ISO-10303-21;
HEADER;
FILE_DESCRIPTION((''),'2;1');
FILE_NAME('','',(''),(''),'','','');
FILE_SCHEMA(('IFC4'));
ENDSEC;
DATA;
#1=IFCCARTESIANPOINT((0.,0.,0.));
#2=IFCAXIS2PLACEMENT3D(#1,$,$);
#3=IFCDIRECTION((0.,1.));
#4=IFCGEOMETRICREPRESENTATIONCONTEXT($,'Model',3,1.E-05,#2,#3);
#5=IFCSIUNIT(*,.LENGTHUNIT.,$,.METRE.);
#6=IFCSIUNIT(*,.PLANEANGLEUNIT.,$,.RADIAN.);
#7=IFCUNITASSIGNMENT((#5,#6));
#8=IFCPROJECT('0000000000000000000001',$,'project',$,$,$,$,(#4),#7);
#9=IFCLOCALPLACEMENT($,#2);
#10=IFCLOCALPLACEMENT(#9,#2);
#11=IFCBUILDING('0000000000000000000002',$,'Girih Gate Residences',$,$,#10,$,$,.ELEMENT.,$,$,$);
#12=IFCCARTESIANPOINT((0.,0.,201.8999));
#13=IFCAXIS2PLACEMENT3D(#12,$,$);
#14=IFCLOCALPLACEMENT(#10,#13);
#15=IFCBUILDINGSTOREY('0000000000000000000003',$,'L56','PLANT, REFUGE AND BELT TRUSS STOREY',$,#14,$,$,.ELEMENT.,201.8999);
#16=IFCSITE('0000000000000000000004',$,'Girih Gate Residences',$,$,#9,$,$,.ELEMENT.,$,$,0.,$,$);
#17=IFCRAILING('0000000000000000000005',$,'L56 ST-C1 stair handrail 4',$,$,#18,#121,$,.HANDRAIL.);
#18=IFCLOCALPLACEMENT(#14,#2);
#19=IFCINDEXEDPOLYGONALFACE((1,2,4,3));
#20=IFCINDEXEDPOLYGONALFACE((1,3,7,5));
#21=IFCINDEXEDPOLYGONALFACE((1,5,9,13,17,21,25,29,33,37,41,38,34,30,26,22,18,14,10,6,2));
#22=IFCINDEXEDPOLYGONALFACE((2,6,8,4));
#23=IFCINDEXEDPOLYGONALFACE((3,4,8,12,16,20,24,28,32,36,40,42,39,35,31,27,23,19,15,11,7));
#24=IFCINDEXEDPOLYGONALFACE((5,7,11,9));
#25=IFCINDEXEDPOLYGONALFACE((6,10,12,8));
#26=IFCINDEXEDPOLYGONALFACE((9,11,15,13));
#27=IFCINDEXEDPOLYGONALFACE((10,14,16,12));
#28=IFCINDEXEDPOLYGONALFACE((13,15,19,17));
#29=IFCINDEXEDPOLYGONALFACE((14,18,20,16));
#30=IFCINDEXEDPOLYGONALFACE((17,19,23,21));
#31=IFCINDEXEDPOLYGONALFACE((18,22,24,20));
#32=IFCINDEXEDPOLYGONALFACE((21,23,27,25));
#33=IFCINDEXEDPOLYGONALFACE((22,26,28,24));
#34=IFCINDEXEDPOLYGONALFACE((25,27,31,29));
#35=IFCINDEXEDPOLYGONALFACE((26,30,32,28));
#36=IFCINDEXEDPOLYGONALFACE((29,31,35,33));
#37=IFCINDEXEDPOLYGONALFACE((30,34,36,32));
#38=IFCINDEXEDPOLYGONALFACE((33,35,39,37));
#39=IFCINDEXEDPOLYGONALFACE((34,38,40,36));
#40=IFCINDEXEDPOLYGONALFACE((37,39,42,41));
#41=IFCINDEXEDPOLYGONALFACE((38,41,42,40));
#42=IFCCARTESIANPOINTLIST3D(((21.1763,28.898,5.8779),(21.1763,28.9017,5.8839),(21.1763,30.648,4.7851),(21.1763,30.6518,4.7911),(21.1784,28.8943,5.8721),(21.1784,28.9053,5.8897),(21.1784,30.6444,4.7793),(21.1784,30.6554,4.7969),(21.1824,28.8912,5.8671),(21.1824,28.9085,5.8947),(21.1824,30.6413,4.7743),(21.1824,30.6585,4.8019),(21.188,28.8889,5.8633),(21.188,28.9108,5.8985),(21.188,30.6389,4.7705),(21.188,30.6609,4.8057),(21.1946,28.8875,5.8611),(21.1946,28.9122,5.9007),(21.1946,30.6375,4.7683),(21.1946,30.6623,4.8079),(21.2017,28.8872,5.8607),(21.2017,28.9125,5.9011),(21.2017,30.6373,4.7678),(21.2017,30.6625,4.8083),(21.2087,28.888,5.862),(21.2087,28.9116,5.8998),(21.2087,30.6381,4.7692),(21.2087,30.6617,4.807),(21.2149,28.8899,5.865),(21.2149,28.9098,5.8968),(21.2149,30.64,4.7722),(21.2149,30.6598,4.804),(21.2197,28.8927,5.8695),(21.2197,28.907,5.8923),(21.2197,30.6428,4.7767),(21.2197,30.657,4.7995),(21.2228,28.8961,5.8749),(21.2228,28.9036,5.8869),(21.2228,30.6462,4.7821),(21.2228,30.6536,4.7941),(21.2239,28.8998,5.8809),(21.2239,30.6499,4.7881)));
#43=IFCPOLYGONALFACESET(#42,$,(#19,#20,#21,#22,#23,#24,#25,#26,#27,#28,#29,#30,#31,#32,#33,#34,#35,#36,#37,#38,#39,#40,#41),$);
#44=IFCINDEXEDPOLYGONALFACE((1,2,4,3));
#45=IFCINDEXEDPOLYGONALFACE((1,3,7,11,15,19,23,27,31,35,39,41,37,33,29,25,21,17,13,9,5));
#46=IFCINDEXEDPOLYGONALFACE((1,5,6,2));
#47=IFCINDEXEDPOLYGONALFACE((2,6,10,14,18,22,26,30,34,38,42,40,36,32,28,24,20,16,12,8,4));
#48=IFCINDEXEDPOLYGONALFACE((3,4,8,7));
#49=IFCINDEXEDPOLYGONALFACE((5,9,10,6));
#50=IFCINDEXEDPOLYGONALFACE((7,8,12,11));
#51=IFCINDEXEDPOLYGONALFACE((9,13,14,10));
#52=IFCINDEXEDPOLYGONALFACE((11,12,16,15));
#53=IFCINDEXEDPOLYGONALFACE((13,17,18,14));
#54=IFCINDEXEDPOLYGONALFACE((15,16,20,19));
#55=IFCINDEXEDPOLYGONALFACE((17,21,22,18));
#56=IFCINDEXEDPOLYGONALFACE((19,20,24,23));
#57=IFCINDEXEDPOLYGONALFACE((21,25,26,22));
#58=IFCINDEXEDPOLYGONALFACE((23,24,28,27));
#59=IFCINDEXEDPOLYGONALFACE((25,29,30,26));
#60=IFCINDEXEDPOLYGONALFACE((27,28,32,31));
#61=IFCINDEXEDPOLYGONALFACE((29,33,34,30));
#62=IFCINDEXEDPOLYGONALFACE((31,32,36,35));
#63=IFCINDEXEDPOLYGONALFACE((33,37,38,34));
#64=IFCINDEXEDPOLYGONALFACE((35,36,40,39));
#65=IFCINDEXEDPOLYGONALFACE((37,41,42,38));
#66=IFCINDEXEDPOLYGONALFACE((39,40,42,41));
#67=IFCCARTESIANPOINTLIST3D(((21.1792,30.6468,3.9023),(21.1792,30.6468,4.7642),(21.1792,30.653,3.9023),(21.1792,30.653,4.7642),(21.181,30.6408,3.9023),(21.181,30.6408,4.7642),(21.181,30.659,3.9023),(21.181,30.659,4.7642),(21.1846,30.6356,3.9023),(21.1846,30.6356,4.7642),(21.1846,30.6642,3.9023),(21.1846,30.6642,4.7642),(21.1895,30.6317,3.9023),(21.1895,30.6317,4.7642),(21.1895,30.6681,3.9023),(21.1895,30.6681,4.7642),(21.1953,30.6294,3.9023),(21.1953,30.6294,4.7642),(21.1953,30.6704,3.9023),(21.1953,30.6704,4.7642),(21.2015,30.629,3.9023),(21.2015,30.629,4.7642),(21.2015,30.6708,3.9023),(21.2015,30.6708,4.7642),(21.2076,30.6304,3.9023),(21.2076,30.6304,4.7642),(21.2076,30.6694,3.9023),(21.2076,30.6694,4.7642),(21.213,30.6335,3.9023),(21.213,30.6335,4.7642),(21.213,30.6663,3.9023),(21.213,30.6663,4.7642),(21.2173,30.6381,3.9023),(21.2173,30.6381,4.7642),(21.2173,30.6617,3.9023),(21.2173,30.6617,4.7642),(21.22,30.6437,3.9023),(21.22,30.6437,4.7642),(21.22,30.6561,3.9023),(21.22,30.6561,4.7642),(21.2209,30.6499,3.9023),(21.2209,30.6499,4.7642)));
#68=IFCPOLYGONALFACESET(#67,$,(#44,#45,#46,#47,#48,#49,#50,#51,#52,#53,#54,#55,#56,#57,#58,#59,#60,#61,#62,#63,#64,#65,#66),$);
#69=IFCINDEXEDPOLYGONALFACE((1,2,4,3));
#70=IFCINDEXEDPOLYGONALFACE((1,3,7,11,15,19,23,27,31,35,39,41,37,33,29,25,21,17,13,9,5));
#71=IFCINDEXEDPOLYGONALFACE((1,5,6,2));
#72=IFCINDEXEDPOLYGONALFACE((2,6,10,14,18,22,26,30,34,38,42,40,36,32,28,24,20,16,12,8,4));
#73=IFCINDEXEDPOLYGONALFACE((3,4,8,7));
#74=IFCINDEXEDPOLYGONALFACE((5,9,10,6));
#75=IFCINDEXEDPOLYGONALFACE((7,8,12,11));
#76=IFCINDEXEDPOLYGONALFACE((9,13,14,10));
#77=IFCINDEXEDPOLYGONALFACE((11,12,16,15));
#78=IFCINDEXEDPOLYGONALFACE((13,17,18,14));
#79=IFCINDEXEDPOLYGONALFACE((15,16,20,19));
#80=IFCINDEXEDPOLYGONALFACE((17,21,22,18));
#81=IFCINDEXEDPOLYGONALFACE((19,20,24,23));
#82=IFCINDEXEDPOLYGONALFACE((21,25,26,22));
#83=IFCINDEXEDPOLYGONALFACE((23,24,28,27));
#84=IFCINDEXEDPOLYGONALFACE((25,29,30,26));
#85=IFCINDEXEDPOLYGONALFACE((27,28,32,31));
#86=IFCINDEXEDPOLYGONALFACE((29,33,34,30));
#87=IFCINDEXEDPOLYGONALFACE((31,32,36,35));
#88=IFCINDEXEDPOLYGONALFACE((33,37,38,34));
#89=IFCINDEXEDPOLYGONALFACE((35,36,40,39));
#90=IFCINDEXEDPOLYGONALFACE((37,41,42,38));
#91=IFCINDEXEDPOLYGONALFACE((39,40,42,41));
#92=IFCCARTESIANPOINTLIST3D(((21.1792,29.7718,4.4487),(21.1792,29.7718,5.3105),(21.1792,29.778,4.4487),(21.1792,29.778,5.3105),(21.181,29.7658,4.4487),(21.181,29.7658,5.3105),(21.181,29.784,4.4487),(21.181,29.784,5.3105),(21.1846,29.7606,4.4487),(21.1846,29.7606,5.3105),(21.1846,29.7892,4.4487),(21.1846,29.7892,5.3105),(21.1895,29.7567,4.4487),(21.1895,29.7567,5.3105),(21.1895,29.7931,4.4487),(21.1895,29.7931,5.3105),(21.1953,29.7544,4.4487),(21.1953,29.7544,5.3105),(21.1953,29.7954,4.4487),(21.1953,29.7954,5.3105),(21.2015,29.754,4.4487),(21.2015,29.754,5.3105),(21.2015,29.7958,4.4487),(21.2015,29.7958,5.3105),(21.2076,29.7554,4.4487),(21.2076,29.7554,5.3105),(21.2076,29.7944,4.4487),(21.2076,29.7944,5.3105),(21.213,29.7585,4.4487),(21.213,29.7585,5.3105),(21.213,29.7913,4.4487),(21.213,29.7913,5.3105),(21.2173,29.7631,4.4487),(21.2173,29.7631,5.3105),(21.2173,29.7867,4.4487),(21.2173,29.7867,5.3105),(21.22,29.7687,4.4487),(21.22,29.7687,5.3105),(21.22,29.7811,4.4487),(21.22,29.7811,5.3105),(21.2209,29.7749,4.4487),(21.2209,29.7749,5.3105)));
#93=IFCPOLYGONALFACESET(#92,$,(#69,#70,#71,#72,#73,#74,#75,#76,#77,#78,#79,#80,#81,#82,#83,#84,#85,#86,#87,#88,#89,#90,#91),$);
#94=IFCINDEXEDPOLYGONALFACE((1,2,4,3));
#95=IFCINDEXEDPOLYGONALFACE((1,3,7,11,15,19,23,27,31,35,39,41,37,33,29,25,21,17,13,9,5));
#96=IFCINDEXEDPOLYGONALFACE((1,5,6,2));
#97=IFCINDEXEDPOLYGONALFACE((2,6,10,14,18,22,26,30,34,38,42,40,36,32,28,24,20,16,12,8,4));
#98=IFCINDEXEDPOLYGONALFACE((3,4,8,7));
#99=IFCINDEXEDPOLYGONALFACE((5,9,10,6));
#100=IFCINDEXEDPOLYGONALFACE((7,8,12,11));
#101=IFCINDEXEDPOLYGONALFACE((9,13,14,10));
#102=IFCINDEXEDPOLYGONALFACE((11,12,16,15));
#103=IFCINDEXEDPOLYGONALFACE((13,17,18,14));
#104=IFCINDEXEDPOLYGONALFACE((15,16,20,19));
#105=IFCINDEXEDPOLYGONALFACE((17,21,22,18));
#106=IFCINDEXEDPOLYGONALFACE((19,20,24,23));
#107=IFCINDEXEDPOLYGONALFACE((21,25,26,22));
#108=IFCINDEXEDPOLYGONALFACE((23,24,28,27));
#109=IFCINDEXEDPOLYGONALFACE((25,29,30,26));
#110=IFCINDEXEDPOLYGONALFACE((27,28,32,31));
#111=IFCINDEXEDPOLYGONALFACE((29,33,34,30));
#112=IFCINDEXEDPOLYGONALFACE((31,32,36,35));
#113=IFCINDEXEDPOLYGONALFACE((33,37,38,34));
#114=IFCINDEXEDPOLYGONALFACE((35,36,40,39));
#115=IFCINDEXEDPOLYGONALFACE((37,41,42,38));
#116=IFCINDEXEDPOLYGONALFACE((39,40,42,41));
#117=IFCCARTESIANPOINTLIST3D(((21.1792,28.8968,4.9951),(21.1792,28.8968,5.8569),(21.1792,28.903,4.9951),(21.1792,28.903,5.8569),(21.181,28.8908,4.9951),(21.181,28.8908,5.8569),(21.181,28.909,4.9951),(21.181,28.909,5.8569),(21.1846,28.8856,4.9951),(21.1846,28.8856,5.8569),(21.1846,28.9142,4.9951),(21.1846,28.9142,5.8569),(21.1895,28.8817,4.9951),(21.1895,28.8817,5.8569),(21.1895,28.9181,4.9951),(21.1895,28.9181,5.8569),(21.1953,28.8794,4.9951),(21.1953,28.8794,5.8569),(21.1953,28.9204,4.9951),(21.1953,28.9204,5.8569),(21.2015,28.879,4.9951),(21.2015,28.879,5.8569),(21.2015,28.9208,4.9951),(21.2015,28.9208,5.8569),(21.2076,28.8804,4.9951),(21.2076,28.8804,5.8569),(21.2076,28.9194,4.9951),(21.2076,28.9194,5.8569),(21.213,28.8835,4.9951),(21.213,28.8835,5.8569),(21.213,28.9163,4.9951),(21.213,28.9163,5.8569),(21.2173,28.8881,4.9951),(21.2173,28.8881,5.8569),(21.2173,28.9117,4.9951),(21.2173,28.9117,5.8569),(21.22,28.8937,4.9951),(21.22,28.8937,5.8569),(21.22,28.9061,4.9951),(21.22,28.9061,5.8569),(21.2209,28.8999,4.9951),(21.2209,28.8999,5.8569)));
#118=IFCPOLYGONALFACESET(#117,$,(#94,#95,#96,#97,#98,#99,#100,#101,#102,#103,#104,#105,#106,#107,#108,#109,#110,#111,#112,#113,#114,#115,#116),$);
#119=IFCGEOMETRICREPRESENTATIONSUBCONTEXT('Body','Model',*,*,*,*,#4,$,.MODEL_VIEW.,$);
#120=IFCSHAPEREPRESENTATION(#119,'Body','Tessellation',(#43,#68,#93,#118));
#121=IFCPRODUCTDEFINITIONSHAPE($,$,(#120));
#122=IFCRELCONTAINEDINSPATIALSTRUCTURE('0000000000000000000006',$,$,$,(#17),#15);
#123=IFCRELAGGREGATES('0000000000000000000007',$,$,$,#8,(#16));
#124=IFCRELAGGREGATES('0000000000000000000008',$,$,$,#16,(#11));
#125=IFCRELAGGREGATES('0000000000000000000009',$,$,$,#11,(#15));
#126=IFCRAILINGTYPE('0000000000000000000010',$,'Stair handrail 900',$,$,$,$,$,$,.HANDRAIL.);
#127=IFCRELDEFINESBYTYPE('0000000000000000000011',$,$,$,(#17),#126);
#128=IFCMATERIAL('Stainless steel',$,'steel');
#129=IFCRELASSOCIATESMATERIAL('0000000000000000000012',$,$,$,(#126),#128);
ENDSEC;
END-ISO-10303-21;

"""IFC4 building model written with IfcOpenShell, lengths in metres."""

from ifc_helpers import new_model, si_unit, direction, frame, origin, origin_2d, place, context, subcontext, project, spatial, circle, extrude, material, type_object, element, save


model = new_model("IFC4")

# Units and contexts
model_context = context("Model", 3, precision=1e-05, world=origin(), true_north=direction((0.0, 1.0)))
body_context = subcontext(model_context, "Body", "Model", "MODEL_VIEW")
ifc_project = project(units=[si_unit("LENGTHUNIT", "METRE"), si_unit("PLANEANGLEUNIT", "RADIAN")], contexts=[model_context])

# Site, building, storey
site_placement = place(None, origin())
site = spatial("IfcSite", under=ifc_project, at=site_placement, Name="Girih Gate Residences", CompositionType="ELEMENT", RefElevation=0.0)
building_placement = place(site_placement, origin())
building = spatial("IfcBuilding", under=site, at=building_placement, Name="Girih Gate Residences", CompositionType="ELEMENT")
storey_placement = place(building_placement, frame((0.0, 0.0, 201.8999)))
storey = spatial("IfcBuildingStorey", under=building, at=storey_placement, Name="L56", Description="PLANT, REFUGE AND BELT TRUSS STOREY", CompositionType="ELEMENT", Elevation=201.8999)

# Railing
ifc_material_1 = material(Name="Stainless steel", Category="steel")
railing_type_1 = type_object("IfcRailingType", Name="Stair handrail 900", PredefinedType="HANDRAIL", material=ifc_material_1)
railing_1_placement = place(storey_placement, frame((21.2, 30.6499, 3.9023)))
element("IfcRailing", 1, at=railing_1_placement, inside=storey, type_object=railing_type_1, Name="L56 ST-C1 stair handrail 4", PredefinedType="HANDRAIL", context=body_context, shape_type="SweptSolid", body=[
    extrude(circle(Radius=0.0239, at=origin_2d()), frame((0.0, 0.0, 0.8857), z_axis=(0.0, -0.848211, 0.529659), x_axis=(1.0, 0.0, 0.0)), (0.0, 0.0, 1.0), 2.0632),
    extrude(circle(Radius=0.021, at=origin_2d()), origin(), (0.0, 0.0, 1.0), 0.8618),
    extrude(circle(Radius=0.021, at=origin_2d()), frame((0.0, -0.875, 0.5464)), (0.0, 0.0, 1.0), 0.8618),
    extrude(circle(Radius=0.021, at=origin_2d()), frame((0.0, -1.75, 1.0928)), (0.0, 0.0, 1.0), 0.8618),
])

save(model, "model.ifc")
